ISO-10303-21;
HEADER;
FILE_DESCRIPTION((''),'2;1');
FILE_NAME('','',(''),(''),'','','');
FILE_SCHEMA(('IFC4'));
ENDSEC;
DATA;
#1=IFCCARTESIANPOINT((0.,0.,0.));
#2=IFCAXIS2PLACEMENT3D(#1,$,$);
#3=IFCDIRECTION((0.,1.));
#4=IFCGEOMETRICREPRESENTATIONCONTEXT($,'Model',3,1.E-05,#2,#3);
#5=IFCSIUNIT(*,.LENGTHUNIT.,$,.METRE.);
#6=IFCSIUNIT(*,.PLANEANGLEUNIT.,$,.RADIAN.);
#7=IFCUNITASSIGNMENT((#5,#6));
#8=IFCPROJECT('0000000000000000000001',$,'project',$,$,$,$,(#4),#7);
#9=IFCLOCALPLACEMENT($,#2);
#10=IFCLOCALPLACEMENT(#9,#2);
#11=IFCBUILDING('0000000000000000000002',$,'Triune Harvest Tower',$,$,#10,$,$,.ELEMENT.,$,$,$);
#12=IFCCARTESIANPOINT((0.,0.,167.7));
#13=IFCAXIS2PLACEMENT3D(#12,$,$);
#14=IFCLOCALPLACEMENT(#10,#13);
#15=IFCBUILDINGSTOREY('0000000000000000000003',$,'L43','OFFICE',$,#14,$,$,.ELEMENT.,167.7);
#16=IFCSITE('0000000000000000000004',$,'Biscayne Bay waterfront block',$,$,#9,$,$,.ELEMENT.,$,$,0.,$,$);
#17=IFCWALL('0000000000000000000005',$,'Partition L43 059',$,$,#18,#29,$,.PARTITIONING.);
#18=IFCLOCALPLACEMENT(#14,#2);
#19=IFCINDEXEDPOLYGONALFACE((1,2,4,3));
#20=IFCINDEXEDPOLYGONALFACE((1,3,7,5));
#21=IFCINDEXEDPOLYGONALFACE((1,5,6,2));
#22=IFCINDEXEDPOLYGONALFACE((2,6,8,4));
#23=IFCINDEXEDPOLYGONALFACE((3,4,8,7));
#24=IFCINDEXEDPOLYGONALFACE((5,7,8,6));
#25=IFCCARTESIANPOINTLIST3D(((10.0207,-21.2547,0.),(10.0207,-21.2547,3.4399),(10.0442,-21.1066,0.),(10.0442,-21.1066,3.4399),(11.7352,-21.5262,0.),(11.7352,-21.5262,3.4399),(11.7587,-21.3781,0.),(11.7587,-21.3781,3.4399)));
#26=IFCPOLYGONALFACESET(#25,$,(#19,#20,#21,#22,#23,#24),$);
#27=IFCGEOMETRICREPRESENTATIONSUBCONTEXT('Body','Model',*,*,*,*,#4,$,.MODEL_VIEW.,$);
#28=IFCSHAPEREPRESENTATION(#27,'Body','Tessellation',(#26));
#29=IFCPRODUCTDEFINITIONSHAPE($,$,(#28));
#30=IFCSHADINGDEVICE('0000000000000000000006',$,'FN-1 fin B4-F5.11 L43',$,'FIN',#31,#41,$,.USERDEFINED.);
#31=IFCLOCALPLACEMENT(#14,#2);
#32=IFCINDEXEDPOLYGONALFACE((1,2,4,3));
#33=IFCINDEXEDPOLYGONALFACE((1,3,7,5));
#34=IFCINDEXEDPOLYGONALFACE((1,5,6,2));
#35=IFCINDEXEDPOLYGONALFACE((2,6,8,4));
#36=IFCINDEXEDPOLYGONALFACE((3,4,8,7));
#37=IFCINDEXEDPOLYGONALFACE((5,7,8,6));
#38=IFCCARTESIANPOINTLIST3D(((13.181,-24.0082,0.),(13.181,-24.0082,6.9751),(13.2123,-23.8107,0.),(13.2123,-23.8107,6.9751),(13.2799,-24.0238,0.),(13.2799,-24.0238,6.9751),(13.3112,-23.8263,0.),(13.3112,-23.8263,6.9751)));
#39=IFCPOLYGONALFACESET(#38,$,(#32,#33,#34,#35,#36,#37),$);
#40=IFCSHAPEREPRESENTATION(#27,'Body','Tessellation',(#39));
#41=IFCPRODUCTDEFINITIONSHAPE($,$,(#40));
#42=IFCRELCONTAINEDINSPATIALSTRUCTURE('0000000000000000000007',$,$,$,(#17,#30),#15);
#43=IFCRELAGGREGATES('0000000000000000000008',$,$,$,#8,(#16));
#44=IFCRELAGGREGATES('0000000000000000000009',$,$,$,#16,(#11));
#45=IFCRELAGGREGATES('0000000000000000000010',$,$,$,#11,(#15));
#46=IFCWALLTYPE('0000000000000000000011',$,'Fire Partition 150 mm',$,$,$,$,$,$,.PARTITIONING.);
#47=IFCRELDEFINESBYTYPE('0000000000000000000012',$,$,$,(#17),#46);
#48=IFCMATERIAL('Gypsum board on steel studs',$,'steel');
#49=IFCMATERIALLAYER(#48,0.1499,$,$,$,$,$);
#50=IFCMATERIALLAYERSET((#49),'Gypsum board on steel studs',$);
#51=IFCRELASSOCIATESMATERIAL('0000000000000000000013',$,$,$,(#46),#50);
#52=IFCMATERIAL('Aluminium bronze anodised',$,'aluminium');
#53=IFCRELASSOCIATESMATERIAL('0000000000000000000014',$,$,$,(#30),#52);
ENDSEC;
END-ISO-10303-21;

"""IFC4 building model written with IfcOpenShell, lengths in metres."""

from ifc_helpers import new_model, si_unit, direction, frame, frame_2d, origin, origin_2d, place, context, subcontext, project, spatial, rectangle, extrude, source, transform, mapped, material, layer, layer_set, type_object, element, save


model = new_model("IFC4")

# Units and contexts
model_context = context("Model", 3, precision=1e-05, world=origin(), true_north=direction((0.0, 1.0)))
body_context = subcontext(model_context, "Body", "Model", "MODEL_VIEW")
ifc_project = project(units=[si_unit("LENGTHUNIT", "METRE"), si_unit("PLANEANGLEUNIT", "RADIAN")], contexts=[model_context])

# Site, building, storey
site_placement = place(None, origin())
site = spatial("IfcSite", under=ifc_project, at=site_placement, Name="Biscayne Bay waterfront block", CompositionType="ELEMENT", RefElevation=0.0)
building_placement = place(site_placement, origin())
building = spatial("IfcBuilding", under=site, at=building_placement, Name="Triune Harvest Tower", CompositionType="ELEMENT")
storey_placement = place(building_placement, frame((0.0, 0.0, 167.7)))
storey = spatial("IfcBuildingStorey", under=building, at=storey_placement, Name="L43", Description="OFFICE", CompositionType="ELEMENT", Elevation=167.7)

# Shared definitions
ifc_material_1 = material(Name="Gypsum board on steel studs", Category="steel")
ifc_layer_1 = layer(ifc_material_1, 0.1499)
ifc_layer_set_1 = layer_set([ifc_layer_1], Name="Gypsum board on steel studs")
wall_type_1 = type_object("IfcWallType", Name="Fire Partition 150 mm", PredefinedType="PARTITIONING", material=ifc_layer_set_1)

# Wall
shared_shape_1 = source(origin(), body_context, "Body", "SweptSolid", [
    extrude(rectangle(XDim=1.7358, YDim=0.1499, at=frame_2d((0.8679, 0.0))), origin(), (0.0, 0.0, 1.0), 3.4399),
])
wall_1_placement = place(storey_placement, frame((10.0325, -21.1807, 0.0), z_axis=(0.0, 0.0, 1.0), x_axis=(0.987692, -0.15641, 0.0)))
element("IfcWall", 1, at=wall_1_placement, inside=storey, type_object=wall_type_1, Name="Partition L43 059", PredefinedType="PARTITIONING", context=body_context, shape_type="MappedRepresentation", body=[
    mapped(shared_shape_1, transform((0.0, 0.0, 0.0), scale=1.0)),
])

# Shading device
ifc_material_2 = material(Name="Aluminium bronze anodised", Category="aluminium")
shared_shape_2 = source(origin(), body_context, "Body", "SweptSolid", [
    extrude(rectangle(XDim=0.1001, YDim=0.2, at=origin_2d()), origin(), (0.0, 0.0, 1.0), 6.9751),
])
shading_device_placement = place(storey_placement, frame((13.2461, -23.9172, 0.0), z_axis=(0.0, 0.0, 1.0), x_axis=(0.987688, -0.156435, 0.0)))
element("IfcShadingDevice", 2, at=shading_device_placement, inside=storey, material=ifc_material_2, Name="FN-1 fin B4-F5.11 L43", ObjectType="FIN", PredefinedType="USERDEFINED", context=body_context, shape_type="MappedRepresentation", body=[
    mapped(shared_shape_2, transform((0.0, 0.0, 0.0), scale=1.0)),
])

save(model, "model.ifc")
